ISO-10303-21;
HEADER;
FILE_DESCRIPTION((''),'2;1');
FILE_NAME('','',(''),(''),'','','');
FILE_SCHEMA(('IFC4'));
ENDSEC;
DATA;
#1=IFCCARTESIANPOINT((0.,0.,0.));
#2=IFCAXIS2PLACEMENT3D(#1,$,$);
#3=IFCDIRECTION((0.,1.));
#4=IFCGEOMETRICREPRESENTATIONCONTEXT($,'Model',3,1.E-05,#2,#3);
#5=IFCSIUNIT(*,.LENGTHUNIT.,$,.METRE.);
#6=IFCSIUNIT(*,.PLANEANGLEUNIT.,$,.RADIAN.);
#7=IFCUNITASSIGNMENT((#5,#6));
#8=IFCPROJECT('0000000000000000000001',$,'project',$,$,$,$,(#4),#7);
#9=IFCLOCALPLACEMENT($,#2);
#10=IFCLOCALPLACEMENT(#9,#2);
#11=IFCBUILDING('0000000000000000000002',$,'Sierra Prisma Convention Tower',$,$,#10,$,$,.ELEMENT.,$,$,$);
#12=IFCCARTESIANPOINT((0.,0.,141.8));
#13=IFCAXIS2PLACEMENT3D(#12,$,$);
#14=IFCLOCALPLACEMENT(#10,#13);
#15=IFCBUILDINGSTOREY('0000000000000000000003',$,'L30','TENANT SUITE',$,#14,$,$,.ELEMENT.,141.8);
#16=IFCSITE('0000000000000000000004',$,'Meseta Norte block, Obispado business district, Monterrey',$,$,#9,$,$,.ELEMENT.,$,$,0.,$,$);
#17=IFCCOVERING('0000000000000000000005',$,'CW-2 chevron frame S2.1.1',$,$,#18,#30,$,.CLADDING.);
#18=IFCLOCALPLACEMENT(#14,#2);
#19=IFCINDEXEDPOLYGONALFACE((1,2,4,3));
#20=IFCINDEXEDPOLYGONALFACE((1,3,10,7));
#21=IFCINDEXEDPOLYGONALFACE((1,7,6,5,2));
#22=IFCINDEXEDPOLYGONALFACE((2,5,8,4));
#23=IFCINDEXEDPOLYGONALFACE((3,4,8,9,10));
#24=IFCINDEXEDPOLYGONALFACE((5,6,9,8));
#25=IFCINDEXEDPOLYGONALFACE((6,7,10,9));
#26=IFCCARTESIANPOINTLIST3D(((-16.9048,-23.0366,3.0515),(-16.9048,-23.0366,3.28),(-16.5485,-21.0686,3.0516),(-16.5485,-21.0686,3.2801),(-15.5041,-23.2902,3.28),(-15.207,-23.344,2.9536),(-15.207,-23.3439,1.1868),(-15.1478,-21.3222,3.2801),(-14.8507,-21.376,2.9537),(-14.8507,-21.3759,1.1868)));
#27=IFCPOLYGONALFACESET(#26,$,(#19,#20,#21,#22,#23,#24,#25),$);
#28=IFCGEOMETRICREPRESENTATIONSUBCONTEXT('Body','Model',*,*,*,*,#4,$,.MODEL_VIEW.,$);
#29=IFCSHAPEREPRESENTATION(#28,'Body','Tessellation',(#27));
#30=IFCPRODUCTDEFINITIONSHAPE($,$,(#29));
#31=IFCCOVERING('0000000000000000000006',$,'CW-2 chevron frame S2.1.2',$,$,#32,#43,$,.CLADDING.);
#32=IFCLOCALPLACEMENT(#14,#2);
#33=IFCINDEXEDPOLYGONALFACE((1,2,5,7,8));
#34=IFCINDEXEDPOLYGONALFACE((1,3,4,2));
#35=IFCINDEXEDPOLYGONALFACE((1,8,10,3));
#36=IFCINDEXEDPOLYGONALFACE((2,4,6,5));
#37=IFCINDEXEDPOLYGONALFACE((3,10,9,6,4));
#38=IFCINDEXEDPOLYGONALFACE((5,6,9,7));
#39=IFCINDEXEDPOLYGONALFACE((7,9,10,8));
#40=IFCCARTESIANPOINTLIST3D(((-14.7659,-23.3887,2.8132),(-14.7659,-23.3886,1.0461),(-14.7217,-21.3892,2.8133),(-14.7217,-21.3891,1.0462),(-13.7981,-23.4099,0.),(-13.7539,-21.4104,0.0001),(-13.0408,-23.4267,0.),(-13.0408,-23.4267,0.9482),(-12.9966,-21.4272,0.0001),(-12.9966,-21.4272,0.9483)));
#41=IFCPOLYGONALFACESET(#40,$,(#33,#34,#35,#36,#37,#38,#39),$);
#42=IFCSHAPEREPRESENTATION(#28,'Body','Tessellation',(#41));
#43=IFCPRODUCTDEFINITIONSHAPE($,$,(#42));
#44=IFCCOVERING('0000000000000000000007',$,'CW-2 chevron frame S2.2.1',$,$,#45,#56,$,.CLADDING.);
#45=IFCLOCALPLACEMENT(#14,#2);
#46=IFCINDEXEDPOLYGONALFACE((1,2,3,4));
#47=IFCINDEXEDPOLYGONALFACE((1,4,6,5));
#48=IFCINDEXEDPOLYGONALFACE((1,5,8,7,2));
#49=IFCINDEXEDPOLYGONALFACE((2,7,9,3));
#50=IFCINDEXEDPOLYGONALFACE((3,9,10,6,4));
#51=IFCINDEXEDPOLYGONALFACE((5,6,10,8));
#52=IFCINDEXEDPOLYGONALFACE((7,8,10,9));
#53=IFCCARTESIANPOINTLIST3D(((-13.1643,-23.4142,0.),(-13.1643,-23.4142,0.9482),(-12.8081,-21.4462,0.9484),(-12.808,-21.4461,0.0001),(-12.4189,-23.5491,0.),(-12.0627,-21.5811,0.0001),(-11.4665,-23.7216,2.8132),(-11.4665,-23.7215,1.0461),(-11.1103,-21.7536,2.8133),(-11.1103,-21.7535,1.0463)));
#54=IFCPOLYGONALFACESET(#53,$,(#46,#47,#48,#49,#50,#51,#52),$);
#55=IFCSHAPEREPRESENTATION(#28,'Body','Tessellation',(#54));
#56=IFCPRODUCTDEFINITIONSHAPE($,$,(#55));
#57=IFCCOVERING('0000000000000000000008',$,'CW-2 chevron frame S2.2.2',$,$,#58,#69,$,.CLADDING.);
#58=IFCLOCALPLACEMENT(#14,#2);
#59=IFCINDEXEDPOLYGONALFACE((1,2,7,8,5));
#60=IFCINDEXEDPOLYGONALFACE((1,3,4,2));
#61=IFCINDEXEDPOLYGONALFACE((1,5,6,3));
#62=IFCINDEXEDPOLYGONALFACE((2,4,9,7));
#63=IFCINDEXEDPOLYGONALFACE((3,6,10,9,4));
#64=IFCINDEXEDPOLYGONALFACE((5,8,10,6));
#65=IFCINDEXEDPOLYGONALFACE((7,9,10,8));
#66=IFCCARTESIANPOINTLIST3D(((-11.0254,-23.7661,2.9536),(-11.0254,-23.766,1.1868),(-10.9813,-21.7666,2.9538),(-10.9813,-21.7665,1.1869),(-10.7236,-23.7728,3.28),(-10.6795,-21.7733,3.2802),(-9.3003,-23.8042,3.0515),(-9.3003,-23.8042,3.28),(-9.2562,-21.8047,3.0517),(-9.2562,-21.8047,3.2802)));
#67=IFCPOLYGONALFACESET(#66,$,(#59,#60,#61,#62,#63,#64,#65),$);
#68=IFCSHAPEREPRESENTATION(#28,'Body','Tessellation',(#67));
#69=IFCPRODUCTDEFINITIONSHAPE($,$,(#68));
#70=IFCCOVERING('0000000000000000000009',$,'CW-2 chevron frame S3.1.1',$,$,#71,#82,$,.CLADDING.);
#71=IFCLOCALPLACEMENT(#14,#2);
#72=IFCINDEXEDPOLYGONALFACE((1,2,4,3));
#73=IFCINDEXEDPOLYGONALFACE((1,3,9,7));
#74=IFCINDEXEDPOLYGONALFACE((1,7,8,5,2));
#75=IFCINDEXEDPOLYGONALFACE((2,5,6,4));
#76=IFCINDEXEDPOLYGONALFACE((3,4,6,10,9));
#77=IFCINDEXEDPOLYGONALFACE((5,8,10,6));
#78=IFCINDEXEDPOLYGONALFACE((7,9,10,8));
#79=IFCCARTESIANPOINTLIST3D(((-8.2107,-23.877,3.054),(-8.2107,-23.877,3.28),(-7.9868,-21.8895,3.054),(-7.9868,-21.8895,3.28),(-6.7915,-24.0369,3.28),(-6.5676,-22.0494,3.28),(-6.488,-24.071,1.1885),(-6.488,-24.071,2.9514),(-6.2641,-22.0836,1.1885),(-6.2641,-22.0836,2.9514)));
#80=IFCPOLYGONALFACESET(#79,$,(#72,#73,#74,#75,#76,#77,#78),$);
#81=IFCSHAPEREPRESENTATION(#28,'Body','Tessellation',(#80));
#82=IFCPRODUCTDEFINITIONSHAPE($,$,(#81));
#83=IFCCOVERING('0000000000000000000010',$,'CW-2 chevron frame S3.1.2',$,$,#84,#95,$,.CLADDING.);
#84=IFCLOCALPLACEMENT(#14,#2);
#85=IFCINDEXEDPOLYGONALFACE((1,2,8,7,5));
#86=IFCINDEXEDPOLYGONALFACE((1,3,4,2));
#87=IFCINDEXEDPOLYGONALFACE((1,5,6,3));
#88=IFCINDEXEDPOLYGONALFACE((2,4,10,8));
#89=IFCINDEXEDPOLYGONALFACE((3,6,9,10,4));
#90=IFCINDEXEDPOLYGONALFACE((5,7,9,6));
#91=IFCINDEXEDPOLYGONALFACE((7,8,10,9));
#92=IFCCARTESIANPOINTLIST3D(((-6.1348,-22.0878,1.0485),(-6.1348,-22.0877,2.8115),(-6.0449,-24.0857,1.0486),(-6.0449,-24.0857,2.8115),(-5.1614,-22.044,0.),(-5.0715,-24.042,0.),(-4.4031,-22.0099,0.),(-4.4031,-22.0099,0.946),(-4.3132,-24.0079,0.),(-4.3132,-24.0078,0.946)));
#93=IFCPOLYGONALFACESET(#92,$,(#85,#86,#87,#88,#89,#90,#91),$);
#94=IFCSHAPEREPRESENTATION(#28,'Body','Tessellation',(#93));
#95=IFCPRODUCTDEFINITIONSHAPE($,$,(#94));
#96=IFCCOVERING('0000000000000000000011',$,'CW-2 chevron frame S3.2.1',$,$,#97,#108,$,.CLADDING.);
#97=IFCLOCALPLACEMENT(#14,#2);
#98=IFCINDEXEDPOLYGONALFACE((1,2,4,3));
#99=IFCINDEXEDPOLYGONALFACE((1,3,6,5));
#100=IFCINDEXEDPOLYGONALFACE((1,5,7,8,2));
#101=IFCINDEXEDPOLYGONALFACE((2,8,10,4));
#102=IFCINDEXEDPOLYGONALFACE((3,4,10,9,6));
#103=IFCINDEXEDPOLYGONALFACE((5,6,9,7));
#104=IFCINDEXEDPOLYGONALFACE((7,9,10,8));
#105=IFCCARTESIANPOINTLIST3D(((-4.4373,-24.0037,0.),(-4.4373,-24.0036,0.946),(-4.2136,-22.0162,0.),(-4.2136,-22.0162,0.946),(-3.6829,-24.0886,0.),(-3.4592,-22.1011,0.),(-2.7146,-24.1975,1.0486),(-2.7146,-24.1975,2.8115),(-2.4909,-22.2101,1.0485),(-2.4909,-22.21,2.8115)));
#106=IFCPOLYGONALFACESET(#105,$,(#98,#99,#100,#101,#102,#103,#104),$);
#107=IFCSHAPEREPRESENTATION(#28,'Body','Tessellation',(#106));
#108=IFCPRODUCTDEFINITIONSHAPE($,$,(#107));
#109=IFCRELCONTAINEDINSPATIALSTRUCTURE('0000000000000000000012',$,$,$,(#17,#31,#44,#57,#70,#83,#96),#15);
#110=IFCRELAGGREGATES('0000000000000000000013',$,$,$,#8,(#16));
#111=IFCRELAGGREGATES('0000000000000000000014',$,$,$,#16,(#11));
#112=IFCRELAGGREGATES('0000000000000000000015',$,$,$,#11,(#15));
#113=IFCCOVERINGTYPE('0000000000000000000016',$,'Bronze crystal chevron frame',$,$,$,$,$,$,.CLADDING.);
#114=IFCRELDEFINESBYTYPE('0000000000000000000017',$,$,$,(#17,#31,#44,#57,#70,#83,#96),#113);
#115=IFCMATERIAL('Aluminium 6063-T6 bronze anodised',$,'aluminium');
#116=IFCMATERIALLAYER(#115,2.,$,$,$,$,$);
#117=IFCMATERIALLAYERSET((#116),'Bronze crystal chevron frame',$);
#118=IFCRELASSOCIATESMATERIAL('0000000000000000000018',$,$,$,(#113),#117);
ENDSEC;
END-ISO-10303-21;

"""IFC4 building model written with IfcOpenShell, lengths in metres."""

from ifc_helpers import new_model, si_unit, direction, frame, origin, place, context, subcontext, project, spatial, polyline, outline, extrude, material, layer, layer_set, type_object, element, save


model = new_model("IFC4")

# Units and contexts
model_context = context("Model", 3, precision=1e-05, world=origin(), true_north=direction((0.0, 1.0)))
body_context = subcontext(model_context, "Body", "Model", "MODEL_VIEW")
ifc_project = project(units=[si_unit("LENGTHUNIT", "METRE"), si_unit("PLANEANGLEUNIT", "RADIAN")], contexts=[model_context])

# Site, building, storey
site_placement = place(None, origin())
site = spatial("IfcSite", under=ifc_project, at=site_placement, Name="Meseta Norte block, Obispado business district, Monterrey", CompositionType="ELEMENT", RefElevation=0.0)
building_placement = place(site_placement, origin())
building = spatial("IfcBuilding", under=site, at=building_placement, Name="Sierra Prisma Convention Tower", CompositionType="ELEMENT")
storey_placement = place(building_placement, frame((0.0, 0.0, 141.8)))
storey = spatial("IfcBuildingStorey", under=building, at=storey_placement, Name="L30", Description="TENANT SUITE", CompositionType="ELEMENT", Elevation=141.8)

# Coverings
ifc_material_1 = material(Name="Aluminium 6063-T6 bronze anodised", Category="aluminium")
ifc_layer_1 = layer(ifc_material_1, 2.0)
ifc_layer_set_1 = layer_set([ifc_layer_1], Name="Bronze crystal chevron frame")
covering_type = type_object("IfcCoveringType", Name="Bronze crystal chevron frame", PredefinedType="CLADDING", material=ifc_layer_set_1)
covering_1_placement = place(storey_placement, frame((-16.9048, -23.0366, 3.28), z_axis=(-0.178157, -0.984002, -0.000035), x_axis=(0.000006, 0.000035, -1.0)))
element("IfcCovering", 1, at=covering_1_placement, inside=storey, type_object=covering_type, Name="CW-2 chevron frame S2.1.1", PredefinedType="CLADDING", context=body_context, shape_type="SweptSolid", body=[
    extrude(outline(polyline([(0.0, 0.0), (0.2285, 0.0), (2.0933, 1.7254), (0.3264, 1.7254), (0.0, 1.4234), (0.0, 0.0)])), origin(), (0.0, 0.0, -1.0), 2.0),
])
covering_2_placement = place(storey_placement, frame((-14.7659, -23.3887, 2.8132), z_axis=(-0.022096, -0.999756, -0.00004), x_axis=(0.000001, 0.00004, -1.0)))
element("IfcCovering", 2, at=covering_2_placement, inside=storey, type_object=covering_type, Name="CW-2 chevron frame S2.1.2", PredefinedType="CLADDING", context=body_context, shape_type="SweptSolid", body=[
    extrude(outline(polyline([(0.0, 0.0), (1.7671, 0.0), (2.8132, 0.968), (2.8132, 1.7255), (1.865, 1.7255), (0.0, 0.0)])), origin(), (0.0, 0.0, -1.0), 2.0),
])
covering_3_placement = place(storey_placement, frame((-12.4189, -23.5491, 0.0), z_axis=(-0.178117, -0.984009, -0.000056), x_axis=(0.66826, -0.121005, 0.734021)))
element("IfcCovering", 3, at=covering_3_placement, inside=storey, type_object=covering_type, Name="CW-2 chevron frame S2.2.1", PredefinedType="CLADDING", context=body_context, shape_type="SweptSolid", body=[
    extrude(outline(polyline([(0.0, 0.0), (1.4252, 0.0), (2.7223, 1.2001), (0.1816, 1.2), (-0.5144, 0.556), (0.0, 0.0)])), origin(), (0.0, 0.0, -1.0), 2.0),
])
covering_4_placement = place(storey_placement, frame((-9.3003, -23.8042, 3.28), z_axis=(-0.022058, -0.999757, -0.000077), x_axis=(-0.999757, 0.022058, 0.0)))
element("IfcCovering", 4, at=covering_4_placement, inside=storey, type_object=covering_type, Name="CW-2 chevron frame S2.2.2", PredefinedType="CLADDING", context=body_context, shape_type="SweptSolid", body=[
    extrude(outline(polyline([(0.0, 0.0), (1.4237, 0.0), (1.7255, 0.3264), (1.7255, 2.0933), (0.0, 0.2285), (0.0, 0.0)])), origin(), (0.0, 0.0, -1.0), 2.0),
])
covering_5_placement = place(storey_placement, frame((-8.2107, -23.877, 3.28), z_axis=(-0.111963, -0.993712, -0.000005), x_axis=(0.000001, 0.000005, -1.0)))
element("IfcCovering", 5, at=covering_5_placement, inside=storey, type_object=covering_type, Name="CW-2 chevron frame S3.1.1", PredefinedType="CLADDING", context=body_context, shape_type="SweptSolid", body=[
    extrude(outline(polyline([(0.0, 0.0), (0.2261, 0.0), (2.0916, 1.7336), (0.3286, 1.7336), (0.0, 1.4282), (0.0, 0.0)])), origin(), (0.0, 0.0, -1.0), 2.0),
])
covering_6_placement = place(storey_placement, frame((-6.0449, -24.0857, 2.8115), z_axis=(0.044943, -0.99899, 0.000024), x_axis=(0.000001, -0.000024, -1.0)))
element("IfcCovering", 6, at=covering_6_placement, inside=storey, type_object=covering_type, Name="CW-2 chevron frame S3.1.2", PredefinedType="CLADDING", context=body_context, shape_type="SweptSolid", body=[
    extrude(outline(polyline([(0.0, 0.0), (1.7629, 0.0), (2.8115, 0.9744), (2.8115, 1.7334), (1.8655, 1.7334), (0.0, 0.0)])), origin(), (0.0, 0.0, -1.0), 2.0),
])
covering_7_placement = place(storey_placement, frame((-4.4373, -24.0037, 0.0), z_axis=(-0.111836, -0.993727, 0.000022), x_axis=(0.993727, -0.111836, 0.0)))
element("IfcCovering", 7, at=covering_7_placement, inside=storey, type_object=covering_type, Name="CW-2 chevron frame S3.2.1", PredefinedType="CLADDING", context=body_context, shape_type="SweptSolid", body=[
    extrude(outline(polyline([(0.0, 0.0), (0.7592, 0.0), (1.7335, 1.0486), (1.7335, 2.8115), (0.0, 0.946), (0.0, 0.0)])), origin(), (0.0, 0.0, -1.0), 2.0),
])

save(model, "model.ifc")
